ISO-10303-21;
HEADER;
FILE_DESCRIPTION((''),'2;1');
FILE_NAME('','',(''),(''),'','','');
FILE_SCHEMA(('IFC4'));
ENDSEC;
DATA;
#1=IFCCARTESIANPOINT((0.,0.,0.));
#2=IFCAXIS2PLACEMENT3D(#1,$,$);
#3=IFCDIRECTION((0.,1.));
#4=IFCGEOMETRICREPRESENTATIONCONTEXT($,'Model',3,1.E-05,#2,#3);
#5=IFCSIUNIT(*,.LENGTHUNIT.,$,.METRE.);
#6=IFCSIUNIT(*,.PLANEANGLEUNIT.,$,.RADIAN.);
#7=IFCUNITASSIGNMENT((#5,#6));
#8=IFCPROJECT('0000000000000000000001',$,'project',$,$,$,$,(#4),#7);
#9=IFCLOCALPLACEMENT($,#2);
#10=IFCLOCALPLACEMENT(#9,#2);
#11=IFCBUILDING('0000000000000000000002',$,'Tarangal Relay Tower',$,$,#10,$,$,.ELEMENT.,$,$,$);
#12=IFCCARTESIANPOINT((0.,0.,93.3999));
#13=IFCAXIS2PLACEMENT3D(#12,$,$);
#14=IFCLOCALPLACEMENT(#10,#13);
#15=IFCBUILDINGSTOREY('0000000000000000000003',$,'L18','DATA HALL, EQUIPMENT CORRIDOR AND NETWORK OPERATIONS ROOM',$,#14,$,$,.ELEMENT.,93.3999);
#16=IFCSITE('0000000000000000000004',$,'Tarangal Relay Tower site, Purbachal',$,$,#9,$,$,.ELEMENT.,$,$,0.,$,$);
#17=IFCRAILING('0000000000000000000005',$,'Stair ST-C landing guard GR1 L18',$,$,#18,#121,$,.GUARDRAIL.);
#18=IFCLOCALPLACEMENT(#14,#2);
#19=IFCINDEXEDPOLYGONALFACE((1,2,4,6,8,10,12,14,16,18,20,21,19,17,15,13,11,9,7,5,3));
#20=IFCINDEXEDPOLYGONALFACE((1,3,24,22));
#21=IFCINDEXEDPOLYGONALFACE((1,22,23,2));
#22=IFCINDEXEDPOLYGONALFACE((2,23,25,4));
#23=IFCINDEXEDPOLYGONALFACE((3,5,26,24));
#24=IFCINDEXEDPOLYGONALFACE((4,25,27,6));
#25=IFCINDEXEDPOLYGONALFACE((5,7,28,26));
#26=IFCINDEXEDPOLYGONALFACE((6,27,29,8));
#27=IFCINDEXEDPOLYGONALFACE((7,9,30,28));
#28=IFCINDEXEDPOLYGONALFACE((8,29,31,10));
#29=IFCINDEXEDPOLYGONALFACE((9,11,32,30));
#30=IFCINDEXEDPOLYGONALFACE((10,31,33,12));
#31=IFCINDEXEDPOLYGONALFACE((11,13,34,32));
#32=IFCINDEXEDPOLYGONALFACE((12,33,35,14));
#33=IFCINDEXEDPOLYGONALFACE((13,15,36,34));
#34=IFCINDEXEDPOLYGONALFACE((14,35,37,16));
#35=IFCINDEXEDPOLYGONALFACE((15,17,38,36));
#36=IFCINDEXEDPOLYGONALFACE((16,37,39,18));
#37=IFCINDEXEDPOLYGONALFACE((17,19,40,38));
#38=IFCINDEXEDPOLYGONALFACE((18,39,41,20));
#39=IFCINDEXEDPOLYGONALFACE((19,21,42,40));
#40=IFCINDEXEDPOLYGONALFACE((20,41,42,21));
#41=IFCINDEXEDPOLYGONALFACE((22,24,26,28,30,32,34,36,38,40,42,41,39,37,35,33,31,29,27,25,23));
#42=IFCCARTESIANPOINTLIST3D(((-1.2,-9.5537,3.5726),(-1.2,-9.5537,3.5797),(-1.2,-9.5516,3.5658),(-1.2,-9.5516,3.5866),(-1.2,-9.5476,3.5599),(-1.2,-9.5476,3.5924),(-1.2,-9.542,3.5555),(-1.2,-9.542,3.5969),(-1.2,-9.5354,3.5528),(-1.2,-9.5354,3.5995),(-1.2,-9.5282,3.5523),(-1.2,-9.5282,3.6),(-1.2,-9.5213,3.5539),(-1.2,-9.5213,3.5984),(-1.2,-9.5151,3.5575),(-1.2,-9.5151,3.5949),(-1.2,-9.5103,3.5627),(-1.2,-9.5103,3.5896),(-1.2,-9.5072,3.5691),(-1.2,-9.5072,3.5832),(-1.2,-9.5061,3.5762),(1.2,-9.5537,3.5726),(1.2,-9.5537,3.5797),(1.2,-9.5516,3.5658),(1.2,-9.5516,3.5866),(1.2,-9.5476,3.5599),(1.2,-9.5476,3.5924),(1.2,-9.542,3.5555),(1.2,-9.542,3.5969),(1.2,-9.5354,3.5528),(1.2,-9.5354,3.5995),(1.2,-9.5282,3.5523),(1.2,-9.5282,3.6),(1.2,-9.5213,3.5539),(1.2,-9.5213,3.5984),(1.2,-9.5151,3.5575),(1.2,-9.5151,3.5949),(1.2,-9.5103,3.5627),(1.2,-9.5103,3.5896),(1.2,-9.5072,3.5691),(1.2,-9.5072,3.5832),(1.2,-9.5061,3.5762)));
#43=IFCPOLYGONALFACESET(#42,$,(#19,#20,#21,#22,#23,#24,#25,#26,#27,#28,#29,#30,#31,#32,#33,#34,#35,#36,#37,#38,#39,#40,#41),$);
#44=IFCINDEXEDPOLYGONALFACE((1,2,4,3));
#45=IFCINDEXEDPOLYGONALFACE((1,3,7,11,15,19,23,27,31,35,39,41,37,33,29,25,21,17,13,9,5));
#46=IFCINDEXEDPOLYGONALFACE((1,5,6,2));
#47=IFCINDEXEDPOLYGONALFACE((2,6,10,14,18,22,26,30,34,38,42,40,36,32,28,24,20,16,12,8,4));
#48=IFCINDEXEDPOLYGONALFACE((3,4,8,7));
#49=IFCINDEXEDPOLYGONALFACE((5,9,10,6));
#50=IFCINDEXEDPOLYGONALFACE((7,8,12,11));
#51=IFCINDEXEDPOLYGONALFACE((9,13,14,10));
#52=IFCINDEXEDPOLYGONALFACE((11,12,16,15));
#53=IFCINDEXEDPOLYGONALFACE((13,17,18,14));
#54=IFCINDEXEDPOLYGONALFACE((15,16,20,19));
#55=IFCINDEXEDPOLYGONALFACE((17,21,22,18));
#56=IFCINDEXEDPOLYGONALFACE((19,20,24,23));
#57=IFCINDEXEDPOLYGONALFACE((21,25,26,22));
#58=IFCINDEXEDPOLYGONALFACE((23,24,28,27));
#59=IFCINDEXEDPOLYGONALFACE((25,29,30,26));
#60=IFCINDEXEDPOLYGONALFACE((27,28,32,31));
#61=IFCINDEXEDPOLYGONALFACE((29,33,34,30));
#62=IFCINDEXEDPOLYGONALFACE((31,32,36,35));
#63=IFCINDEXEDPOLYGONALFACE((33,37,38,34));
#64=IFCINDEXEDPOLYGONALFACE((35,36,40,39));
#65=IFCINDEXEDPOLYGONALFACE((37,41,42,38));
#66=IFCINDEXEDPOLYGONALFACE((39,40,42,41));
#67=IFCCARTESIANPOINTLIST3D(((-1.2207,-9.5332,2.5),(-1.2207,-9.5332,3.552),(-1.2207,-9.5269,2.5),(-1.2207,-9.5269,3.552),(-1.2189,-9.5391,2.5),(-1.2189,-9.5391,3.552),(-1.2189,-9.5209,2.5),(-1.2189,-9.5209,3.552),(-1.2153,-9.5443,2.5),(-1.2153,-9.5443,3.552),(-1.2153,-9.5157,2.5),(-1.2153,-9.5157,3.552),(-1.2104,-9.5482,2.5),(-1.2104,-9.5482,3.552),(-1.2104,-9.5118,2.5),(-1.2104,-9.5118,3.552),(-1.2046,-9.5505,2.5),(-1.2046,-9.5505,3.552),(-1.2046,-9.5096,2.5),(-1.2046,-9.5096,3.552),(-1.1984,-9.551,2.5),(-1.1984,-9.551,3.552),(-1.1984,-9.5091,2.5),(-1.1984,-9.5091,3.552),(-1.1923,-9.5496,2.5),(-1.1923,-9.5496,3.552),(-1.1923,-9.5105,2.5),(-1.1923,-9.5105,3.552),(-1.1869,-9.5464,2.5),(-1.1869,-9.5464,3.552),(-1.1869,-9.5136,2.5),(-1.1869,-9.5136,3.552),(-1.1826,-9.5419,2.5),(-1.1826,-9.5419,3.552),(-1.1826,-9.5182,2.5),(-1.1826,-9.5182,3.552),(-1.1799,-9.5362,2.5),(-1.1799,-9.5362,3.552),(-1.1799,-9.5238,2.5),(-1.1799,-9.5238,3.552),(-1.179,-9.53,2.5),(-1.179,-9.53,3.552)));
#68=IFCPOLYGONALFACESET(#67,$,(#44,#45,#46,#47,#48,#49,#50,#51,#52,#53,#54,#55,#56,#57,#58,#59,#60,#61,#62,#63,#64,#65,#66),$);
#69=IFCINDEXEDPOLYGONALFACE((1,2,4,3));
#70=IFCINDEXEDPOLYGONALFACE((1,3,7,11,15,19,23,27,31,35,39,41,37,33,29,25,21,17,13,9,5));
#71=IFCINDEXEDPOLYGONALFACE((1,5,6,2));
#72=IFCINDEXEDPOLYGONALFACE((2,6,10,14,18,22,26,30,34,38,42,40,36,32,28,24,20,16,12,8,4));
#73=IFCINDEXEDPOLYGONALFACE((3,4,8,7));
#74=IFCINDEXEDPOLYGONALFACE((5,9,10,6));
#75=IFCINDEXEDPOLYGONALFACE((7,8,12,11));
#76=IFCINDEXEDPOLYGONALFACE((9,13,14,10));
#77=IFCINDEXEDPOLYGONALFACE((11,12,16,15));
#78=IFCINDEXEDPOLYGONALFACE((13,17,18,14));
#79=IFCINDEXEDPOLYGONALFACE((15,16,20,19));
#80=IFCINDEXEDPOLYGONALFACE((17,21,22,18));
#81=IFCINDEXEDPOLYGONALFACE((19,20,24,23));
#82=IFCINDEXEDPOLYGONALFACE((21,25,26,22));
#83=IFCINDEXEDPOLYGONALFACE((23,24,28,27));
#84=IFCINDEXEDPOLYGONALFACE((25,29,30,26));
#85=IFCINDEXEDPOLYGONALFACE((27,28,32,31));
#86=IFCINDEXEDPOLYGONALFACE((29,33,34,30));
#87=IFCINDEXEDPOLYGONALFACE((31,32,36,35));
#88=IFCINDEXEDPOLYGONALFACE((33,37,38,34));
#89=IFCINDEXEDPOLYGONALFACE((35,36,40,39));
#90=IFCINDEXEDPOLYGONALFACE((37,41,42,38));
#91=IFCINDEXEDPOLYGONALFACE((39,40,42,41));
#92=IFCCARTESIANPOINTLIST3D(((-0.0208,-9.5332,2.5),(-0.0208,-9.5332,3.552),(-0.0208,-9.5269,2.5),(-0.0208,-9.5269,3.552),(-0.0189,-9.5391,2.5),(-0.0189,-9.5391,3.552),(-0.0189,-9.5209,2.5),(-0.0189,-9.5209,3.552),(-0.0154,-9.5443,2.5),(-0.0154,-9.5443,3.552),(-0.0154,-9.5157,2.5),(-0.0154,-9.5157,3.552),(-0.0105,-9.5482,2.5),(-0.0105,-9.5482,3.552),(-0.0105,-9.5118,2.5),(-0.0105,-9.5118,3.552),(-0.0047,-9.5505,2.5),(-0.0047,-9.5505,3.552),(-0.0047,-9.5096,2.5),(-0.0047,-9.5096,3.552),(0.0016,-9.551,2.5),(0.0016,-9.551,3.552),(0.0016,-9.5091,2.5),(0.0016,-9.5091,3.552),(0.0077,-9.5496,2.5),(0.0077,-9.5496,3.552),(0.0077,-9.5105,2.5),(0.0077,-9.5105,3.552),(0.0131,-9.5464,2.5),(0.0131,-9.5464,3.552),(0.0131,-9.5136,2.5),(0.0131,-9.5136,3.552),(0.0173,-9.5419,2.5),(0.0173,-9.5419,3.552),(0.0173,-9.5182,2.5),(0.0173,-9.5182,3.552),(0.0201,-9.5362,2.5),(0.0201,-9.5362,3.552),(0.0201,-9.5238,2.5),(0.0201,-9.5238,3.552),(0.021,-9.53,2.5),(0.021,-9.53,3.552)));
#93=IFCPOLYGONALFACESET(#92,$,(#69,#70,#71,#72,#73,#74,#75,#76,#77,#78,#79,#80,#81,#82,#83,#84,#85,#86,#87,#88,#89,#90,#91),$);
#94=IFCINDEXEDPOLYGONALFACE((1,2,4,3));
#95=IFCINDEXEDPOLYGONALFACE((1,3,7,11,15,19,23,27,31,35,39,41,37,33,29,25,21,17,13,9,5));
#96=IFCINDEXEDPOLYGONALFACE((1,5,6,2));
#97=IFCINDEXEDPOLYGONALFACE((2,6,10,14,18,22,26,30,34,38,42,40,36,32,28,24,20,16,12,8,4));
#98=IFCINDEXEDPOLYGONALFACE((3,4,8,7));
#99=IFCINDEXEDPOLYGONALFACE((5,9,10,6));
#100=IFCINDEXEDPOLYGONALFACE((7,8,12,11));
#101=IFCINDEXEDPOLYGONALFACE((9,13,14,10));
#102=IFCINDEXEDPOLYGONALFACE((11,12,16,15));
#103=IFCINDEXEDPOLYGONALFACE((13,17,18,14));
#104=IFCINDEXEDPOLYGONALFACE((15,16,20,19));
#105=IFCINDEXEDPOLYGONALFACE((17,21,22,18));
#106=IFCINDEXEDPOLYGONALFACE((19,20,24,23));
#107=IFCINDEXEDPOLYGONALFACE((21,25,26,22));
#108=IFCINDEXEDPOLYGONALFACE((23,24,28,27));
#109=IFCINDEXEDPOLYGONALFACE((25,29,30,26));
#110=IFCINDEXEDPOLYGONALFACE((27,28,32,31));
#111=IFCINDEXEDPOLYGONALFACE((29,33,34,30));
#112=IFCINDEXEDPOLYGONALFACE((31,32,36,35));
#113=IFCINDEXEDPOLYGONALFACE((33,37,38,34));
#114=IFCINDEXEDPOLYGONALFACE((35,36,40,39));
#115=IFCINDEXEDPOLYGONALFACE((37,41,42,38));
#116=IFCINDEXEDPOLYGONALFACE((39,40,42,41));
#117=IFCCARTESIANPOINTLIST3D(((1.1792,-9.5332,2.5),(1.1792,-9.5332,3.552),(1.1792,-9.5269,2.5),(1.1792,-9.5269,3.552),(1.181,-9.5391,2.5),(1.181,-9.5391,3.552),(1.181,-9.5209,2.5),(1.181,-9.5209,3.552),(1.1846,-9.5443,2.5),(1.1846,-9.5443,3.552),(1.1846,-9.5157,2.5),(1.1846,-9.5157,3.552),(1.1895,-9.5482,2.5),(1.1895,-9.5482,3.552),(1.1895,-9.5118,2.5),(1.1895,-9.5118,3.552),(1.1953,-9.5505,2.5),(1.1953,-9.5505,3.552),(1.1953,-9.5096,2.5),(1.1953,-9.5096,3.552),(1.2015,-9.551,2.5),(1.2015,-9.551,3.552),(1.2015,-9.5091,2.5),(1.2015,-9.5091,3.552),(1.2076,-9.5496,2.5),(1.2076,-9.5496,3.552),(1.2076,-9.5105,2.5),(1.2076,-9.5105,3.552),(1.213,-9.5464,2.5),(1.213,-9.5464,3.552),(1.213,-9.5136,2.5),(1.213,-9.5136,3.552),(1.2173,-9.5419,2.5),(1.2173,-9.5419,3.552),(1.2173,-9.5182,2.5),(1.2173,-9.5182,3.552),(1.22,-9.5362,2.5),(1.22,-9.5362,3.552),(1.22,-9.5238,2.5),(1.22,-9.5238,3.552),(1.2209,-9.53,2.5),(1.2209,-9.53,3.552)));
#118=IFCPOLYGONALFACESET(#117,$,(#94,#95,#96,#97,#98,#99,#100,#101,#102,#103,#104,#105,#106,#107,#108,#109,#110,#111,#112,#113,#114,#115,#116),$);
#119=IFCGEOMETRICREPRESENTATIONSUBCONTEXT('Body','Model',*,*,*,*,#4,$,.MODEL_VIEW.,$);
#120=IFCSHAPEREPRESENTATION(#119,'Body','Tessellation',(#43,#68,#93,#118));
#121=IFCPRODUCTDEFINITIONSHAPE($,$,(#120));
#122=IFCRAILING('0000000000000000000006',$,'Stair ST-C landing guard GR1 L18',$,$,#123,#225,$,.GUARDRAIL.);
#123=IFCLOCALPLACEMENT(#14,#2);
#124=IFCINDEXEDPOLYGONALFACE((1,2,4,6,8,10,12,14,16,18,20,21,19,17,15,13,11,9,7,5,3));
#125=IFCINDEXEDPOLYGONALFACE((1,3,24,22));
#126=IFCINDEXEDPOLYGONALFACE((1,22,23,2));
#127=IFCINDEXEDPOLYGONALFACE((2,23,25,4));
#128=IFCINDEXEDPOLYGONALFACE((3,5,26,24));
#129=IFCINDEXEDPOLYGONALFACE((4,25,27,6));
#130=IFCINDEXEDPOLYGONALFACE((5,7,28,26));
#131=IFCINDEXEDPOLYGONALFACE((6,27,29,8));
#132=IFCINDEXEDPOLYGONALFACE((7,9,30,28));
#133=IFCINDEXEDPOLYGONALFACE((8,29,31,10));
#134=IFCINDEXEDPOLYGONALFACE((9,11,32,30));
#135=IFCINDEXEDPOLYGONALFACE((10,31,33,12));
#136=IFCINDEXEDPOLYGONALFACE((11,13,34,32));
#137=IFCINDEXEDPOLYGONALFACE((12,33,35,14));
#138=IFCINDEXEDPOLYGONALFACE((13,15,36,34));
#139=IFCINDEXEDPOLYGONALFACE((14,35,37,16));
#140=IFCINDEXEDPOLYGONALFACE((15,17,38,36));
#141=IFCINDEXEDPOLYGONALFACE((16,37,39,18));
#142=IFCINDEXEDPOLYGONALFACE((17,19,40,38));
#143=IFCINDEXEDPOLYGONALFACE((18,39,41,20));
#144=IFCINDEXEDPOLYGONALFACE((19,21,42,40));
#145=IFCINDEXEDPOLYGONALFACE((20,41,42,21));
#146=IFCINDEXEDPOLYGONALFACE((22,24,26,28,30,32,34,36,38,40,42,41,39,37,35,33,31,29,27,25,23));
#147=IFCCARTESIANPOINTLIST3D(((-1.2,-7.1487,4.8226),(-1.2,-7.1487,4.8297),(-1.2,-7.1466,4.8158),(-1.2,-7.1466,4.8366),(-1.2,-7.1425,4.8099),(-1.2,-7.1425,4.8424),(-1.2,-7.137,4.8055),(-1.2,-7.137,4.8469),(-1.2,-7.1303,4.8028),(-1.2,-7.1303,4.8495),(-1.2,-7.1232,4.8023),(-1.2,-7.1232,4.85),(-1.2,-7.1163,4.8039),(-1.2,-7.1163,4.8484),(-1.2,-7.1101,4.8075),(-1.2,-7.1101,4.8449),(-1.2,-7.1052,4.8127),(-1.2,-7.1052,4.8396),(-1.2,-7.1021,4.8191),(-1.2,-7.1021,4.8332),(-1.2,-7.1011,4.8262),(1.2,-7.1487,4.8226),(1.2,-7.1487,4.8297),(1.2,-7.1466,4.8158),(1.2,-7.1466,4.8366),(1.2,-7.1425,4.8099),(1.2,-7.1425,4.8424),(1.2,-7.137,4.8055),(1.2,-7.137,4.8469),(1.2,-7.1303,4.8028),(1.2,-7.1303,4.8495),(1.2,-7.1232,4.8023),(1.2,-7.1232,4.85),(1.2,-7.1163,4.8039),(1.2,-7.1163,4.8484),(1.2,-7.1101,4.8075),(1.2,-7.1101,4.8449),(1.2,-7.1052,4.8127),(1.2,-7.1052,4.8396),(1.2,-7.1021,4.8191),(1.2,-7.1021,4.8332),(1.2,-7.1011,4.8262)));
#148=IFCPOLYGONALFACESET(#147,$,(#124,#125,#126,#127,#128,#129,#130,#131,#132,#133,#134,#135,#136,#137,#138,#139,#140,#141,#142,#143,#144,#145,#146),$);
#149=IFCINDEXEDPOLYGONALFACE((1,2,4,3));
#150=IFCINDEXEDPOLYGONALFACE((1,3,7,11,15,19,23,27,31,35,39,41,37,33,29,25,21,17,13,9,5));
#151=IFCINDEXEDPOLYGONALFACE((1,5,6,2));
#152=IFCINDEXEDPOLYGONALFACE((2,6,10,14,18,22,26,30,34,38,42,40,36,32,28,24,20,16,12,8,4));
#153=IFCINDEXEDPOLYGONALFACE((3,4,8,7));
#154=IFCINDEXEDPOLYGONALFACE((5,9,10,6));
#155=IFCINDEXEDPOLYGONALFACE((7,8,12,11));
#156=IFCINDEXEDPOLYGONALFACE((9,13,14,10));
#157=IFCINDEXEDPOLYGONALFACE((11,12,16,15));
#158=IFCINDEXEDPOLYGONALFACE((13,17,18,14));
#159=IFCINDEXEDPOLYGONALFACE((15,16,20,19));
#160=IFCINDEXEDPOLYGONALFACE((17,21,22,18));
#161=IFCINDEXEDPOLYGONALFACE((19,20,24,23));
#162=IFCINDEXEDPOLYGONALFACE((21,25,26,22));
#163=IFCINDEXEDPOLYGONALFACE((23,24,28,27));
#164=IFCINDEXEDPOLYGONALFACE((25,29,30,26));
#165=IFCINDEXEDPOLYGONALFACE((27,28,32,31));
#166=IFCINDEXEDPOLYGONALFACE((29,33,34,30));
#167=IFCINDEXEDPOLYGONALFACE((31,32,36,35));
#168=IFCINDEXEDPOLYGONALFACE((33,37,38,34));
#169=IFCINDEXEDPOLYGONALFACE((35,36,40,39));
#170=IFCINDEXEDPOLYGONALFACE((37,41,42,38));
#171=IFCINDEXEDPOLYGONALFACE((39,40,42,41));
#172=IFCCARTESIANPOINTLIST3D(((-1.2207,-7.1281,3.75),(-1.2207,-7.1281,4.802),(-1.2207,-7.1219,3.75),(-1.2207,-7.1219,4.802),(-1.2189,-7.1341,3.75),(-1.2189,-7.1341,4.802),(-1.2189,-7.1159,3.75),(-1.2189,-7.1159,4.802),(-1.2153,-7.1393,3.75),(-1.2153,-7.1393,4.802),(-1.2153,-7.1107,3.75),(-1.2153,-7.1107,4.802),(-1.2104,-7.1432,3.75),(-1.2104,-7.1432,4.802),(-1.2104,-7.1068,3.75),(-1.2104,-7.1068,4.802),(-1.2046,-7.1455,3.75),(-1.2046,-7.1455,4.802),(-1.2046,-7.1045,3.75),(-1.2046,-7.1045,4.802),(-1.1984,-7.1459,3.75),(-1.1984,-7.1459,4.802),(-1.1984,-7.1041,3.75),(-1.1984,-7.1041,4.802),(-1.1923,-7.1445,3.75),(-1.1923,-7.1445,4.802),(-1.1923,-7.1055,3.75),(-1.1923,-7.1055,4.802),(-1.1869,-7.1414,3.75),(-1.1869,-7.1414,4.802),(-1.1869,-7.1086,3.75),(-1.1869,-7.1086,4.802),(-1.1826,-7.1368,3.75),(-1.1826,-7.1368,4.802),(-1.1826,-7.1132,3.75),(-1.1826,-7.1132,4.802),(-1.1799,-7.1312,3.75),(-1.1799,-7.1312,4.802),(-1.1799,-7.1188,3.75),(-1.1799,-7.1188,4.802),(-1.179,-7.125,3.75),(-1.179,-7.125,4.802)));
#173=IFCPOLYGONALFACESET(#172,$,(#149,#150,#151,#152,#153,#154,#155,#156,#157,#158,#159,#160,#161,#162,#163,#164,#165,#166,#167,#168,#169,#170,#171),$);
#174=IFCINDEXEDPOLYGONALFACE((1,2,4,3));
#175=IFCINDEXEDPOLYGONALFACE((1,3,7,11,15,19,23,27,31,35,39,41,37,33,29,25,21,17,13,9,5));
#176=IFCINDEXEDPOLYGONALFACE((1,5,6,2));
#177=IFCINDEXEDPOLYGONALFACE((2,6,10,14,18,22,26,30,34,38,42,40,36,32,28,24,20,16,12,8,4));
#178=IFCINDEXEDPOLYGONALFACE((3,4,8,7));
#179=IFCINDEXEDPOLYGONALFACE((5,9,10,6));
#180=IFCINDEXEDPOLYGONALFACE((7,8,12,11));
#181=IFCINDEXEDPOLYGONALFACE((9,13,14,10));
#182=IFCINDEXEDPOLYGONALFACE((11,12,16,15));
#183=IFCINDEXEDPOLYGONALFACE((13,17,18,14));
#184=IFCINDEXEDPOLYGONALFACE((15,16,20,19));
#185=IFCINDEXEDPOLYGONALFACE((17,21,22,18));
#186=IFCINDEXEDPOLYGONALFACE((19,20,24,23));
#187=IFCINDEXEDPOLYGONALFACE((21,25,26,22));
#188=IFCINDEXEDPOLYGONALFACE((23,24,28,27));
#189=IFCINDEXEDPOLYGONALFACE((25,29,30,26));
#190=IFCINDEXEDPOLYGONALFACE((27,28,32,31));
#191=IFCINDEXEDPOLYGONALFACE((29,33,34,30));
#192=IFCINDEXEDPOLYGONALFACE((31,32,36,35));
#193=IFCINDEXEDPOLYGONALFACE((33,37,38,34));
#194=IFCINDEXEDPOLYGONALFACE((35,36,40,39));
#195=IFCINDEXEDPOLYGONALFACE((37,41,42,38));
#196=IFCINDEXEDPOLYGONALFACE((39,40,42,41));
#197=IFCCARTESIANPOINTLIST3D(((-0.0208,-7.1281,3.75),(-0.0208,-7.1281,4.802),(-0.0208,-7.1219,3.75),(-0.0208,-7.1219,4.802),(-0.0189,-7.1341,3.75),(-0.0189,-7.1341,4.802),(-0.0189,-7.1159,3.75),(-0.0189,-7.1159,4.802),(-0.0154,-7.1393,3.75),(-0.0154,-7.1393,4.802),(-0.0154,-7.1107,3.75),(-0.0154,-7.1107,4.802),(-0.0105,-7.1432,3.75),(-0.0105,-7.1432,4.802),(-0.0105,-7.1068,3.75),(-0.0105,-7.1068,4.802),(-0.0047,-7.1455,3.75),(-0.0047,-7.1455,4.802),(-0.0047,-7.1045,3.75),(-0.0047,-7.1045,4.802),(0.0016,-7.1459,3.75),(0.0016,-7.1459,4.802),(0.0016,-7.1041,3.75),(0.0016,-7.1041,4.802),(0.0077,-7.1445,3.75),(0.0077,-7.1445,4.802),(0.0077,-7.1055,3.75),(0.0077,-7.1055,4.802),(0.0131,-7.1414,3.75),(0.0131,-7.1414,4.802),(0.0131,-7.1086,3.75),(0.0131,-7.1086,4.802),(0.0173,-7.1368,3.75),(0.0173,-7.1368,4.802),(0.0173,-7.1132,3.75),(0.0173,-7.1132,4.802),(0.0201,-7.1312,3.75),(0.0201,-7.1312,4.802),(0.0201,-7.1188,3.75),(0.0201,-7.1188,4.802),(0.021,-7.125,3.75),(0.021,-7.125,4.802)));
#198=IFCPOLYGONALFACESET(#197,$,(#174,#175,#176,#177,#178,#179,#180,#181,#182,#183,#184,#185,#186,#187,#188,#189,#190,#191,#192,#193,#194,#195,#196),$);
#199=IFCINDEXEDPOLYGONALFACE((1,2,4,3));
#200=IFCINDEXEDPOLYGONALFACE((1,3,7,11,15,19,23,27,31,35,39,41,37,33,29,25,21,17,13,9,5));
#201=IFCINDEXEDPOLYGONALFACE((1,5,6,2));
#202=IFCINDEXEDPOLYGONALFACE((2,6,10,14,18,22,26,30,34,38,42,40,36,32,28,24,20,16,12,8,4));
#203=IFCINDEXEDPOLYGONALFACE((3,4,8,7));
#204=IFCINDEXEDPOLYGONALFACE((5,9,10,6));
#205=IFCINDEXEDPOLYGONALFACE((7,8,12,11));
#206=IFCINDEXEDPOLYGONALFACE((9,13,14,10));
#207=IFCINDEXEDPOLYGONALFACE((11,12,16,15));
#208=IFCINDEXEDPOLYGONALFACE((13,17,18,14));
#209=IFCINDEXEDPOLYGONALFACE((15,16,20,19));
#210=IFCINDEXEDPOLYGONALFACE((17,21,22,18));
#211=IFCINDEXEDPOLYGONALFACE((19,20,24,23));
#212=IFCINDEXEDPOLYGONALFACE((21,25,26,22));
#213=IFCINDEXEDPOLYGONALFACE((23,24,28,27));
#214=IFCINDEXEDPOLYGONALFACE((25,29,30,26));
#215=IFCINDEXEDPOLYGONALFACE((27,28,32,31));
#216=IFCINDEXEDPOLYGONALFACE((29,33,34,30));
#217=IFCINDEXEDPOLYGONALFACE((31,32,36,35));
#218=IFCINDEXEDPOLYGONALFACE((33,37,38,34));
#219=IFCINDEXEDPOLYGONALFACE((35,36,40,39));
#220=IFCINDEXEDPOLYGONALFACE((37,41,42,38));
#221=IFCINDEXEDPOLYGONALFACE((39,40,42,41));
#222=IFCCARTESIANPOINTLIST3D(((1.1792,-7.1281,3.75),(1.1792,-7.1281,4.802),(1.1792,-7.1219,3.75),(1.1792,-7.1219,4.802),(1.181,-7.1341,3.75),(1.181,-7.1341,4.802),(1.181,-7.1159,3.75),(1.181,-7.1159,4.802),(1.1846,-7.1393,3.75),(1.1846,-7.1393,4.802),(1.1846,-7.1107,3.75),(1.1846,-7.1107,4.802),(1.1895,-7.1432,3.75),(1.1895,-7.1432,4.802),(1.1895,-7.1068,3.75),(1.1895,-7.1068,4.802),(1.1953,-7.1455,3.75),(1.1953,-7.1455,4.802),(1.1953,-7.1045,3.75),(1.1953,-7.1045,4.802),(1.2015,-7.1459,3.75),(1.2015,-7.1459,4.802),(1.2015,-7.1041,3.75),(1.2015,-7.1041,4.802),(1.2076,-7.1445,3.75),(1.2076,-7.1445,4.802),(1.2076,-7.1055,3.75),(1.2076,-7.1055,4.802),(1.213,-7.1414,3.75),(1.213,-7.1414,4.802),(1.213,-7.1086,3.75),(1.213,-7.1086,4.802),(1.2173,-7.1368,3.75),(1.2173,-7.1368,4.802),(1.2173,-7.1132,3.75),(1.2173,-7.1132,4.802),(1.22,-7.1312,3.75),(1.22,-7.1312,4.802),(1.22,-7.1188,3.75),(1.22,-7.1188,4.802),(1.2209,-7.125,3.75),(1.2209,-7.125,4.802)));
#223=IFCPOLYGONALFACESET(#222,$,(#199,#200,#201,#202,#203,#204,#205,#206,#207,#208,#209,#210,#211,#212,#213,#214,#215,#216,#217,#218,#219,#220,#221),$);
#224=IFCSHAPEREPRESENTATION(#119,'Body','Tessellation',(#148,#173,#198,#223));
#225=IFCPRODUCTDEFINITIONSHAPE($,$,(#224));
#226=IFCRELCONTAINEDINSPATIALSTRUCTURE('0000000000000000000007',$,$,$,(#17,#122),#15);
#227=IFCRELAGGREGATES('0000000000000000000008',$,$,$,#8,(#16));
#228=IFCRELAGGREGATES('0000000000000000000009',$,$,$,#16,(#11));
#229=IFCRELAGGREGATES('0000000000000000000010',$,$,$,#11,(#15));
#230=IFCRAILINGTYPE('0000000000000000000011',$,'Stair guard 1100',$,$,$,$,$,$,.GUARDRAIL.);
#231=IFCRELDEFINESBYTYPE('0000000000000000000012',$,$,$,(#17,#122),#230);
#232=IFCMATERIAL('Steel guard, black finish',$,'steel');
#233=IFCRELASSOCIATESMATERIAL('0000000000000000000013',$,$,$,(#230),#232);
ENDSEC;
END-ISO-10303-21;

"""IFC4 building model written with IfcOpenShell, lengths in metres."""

from ifc_helpers import new_model, si_unit, direction, frame, origin, origin_2d, place, context, subcontext, project, spatial, circle, extrude, material, type_object, element, save


model = new_model("IFC4")

# Units and contexts
model_context = context("Model", 3, precision=1e-05, world=origin(), true_north=direction((0.0, 1.0)))
body_context = subcontext(model_context, "Body", "Model", "MODEL_VIEW")
ifc_project = project(units=[si_unit("LENGTHUNIT", "METRE"), si_unit("PLANEANGLEUNIT", "RADIAN")], contexts=[model_context])

# Site, building, storey
site_placement = place(None, origin())
site = spatial("IfcSite", under=ifc_project, at=site_placement, Name="Tarangal Relay Tower site, Purbachal", CompositionType="ELEMENT", RefElevation=0.0)
building_placement = place(site_placement, origin())
building = spatial("IfcBuilding", under=site, at=building_placement, Name="Tarangal Relay Tower", CompositionType="ELEMENT")
storey_placement = place(building_placement, frame((0.0, 0.0, 93.3999)))
storey = spatial("IfcBuildingStorey", under=building, at=storey_placement, Name="L18", Description="DATA HALL, EQUIPMENT CORRIDOR AND NETWORK OPERATIONS ROOM", CompositionType="ELEMENT", Elevation=93.3999)

# Railings
ifc_material_1 = material(Name="Steel guard, black finish", Category="steel")
railing_type_1 = type_object("IfcRailingType", Name="Stair guard 1100", PredefinedType="GUARDRAIL", material=ifc_material_1)
for number, where, name in (
    (1, (-1.2, -9.53, 2.5), "Stair ST-C landing guard GR1 L18"),
    (2, (-1.2, -7.125, 3.75), "Stair ST-C landing guard GR1 L18"),
):
    element("IfcRailing", number, at=place(storey_placement, frame(where)), inside=storey, type_object=railing_type_1, Name=name, PredefinedType="GUARDRAIL", context=body_context, shape_type="SweptSolid", body=[
        extrude(circle(Radius=0.0239, at=origin_2d()), frame((0.0, 0.0, 1.0762), z_axis=(1.0, 0.0, 0.0), x_axis=(0.0, 1.0, 0.0)), (0.0, 0.0, 1.0), 2.3999),
        extrude(circle(Radius=0.021, at=origin_2d()), origin(), (0.0, 0.0, 1.0), 1.052),
        extrude(circle(Radius=0.021, at=origin_2d()), frame((1.2, 0.0, 0.0)), (0.0, 0.0, 1.0), 1.052),
        extrude(circle(Radius=0.021, at=origin_2d()), frame((2.3999, 0.0, 0.0)), (0.0, 0.0, 1.0), 1.052),
    ])

save(model, "model.ifc")
